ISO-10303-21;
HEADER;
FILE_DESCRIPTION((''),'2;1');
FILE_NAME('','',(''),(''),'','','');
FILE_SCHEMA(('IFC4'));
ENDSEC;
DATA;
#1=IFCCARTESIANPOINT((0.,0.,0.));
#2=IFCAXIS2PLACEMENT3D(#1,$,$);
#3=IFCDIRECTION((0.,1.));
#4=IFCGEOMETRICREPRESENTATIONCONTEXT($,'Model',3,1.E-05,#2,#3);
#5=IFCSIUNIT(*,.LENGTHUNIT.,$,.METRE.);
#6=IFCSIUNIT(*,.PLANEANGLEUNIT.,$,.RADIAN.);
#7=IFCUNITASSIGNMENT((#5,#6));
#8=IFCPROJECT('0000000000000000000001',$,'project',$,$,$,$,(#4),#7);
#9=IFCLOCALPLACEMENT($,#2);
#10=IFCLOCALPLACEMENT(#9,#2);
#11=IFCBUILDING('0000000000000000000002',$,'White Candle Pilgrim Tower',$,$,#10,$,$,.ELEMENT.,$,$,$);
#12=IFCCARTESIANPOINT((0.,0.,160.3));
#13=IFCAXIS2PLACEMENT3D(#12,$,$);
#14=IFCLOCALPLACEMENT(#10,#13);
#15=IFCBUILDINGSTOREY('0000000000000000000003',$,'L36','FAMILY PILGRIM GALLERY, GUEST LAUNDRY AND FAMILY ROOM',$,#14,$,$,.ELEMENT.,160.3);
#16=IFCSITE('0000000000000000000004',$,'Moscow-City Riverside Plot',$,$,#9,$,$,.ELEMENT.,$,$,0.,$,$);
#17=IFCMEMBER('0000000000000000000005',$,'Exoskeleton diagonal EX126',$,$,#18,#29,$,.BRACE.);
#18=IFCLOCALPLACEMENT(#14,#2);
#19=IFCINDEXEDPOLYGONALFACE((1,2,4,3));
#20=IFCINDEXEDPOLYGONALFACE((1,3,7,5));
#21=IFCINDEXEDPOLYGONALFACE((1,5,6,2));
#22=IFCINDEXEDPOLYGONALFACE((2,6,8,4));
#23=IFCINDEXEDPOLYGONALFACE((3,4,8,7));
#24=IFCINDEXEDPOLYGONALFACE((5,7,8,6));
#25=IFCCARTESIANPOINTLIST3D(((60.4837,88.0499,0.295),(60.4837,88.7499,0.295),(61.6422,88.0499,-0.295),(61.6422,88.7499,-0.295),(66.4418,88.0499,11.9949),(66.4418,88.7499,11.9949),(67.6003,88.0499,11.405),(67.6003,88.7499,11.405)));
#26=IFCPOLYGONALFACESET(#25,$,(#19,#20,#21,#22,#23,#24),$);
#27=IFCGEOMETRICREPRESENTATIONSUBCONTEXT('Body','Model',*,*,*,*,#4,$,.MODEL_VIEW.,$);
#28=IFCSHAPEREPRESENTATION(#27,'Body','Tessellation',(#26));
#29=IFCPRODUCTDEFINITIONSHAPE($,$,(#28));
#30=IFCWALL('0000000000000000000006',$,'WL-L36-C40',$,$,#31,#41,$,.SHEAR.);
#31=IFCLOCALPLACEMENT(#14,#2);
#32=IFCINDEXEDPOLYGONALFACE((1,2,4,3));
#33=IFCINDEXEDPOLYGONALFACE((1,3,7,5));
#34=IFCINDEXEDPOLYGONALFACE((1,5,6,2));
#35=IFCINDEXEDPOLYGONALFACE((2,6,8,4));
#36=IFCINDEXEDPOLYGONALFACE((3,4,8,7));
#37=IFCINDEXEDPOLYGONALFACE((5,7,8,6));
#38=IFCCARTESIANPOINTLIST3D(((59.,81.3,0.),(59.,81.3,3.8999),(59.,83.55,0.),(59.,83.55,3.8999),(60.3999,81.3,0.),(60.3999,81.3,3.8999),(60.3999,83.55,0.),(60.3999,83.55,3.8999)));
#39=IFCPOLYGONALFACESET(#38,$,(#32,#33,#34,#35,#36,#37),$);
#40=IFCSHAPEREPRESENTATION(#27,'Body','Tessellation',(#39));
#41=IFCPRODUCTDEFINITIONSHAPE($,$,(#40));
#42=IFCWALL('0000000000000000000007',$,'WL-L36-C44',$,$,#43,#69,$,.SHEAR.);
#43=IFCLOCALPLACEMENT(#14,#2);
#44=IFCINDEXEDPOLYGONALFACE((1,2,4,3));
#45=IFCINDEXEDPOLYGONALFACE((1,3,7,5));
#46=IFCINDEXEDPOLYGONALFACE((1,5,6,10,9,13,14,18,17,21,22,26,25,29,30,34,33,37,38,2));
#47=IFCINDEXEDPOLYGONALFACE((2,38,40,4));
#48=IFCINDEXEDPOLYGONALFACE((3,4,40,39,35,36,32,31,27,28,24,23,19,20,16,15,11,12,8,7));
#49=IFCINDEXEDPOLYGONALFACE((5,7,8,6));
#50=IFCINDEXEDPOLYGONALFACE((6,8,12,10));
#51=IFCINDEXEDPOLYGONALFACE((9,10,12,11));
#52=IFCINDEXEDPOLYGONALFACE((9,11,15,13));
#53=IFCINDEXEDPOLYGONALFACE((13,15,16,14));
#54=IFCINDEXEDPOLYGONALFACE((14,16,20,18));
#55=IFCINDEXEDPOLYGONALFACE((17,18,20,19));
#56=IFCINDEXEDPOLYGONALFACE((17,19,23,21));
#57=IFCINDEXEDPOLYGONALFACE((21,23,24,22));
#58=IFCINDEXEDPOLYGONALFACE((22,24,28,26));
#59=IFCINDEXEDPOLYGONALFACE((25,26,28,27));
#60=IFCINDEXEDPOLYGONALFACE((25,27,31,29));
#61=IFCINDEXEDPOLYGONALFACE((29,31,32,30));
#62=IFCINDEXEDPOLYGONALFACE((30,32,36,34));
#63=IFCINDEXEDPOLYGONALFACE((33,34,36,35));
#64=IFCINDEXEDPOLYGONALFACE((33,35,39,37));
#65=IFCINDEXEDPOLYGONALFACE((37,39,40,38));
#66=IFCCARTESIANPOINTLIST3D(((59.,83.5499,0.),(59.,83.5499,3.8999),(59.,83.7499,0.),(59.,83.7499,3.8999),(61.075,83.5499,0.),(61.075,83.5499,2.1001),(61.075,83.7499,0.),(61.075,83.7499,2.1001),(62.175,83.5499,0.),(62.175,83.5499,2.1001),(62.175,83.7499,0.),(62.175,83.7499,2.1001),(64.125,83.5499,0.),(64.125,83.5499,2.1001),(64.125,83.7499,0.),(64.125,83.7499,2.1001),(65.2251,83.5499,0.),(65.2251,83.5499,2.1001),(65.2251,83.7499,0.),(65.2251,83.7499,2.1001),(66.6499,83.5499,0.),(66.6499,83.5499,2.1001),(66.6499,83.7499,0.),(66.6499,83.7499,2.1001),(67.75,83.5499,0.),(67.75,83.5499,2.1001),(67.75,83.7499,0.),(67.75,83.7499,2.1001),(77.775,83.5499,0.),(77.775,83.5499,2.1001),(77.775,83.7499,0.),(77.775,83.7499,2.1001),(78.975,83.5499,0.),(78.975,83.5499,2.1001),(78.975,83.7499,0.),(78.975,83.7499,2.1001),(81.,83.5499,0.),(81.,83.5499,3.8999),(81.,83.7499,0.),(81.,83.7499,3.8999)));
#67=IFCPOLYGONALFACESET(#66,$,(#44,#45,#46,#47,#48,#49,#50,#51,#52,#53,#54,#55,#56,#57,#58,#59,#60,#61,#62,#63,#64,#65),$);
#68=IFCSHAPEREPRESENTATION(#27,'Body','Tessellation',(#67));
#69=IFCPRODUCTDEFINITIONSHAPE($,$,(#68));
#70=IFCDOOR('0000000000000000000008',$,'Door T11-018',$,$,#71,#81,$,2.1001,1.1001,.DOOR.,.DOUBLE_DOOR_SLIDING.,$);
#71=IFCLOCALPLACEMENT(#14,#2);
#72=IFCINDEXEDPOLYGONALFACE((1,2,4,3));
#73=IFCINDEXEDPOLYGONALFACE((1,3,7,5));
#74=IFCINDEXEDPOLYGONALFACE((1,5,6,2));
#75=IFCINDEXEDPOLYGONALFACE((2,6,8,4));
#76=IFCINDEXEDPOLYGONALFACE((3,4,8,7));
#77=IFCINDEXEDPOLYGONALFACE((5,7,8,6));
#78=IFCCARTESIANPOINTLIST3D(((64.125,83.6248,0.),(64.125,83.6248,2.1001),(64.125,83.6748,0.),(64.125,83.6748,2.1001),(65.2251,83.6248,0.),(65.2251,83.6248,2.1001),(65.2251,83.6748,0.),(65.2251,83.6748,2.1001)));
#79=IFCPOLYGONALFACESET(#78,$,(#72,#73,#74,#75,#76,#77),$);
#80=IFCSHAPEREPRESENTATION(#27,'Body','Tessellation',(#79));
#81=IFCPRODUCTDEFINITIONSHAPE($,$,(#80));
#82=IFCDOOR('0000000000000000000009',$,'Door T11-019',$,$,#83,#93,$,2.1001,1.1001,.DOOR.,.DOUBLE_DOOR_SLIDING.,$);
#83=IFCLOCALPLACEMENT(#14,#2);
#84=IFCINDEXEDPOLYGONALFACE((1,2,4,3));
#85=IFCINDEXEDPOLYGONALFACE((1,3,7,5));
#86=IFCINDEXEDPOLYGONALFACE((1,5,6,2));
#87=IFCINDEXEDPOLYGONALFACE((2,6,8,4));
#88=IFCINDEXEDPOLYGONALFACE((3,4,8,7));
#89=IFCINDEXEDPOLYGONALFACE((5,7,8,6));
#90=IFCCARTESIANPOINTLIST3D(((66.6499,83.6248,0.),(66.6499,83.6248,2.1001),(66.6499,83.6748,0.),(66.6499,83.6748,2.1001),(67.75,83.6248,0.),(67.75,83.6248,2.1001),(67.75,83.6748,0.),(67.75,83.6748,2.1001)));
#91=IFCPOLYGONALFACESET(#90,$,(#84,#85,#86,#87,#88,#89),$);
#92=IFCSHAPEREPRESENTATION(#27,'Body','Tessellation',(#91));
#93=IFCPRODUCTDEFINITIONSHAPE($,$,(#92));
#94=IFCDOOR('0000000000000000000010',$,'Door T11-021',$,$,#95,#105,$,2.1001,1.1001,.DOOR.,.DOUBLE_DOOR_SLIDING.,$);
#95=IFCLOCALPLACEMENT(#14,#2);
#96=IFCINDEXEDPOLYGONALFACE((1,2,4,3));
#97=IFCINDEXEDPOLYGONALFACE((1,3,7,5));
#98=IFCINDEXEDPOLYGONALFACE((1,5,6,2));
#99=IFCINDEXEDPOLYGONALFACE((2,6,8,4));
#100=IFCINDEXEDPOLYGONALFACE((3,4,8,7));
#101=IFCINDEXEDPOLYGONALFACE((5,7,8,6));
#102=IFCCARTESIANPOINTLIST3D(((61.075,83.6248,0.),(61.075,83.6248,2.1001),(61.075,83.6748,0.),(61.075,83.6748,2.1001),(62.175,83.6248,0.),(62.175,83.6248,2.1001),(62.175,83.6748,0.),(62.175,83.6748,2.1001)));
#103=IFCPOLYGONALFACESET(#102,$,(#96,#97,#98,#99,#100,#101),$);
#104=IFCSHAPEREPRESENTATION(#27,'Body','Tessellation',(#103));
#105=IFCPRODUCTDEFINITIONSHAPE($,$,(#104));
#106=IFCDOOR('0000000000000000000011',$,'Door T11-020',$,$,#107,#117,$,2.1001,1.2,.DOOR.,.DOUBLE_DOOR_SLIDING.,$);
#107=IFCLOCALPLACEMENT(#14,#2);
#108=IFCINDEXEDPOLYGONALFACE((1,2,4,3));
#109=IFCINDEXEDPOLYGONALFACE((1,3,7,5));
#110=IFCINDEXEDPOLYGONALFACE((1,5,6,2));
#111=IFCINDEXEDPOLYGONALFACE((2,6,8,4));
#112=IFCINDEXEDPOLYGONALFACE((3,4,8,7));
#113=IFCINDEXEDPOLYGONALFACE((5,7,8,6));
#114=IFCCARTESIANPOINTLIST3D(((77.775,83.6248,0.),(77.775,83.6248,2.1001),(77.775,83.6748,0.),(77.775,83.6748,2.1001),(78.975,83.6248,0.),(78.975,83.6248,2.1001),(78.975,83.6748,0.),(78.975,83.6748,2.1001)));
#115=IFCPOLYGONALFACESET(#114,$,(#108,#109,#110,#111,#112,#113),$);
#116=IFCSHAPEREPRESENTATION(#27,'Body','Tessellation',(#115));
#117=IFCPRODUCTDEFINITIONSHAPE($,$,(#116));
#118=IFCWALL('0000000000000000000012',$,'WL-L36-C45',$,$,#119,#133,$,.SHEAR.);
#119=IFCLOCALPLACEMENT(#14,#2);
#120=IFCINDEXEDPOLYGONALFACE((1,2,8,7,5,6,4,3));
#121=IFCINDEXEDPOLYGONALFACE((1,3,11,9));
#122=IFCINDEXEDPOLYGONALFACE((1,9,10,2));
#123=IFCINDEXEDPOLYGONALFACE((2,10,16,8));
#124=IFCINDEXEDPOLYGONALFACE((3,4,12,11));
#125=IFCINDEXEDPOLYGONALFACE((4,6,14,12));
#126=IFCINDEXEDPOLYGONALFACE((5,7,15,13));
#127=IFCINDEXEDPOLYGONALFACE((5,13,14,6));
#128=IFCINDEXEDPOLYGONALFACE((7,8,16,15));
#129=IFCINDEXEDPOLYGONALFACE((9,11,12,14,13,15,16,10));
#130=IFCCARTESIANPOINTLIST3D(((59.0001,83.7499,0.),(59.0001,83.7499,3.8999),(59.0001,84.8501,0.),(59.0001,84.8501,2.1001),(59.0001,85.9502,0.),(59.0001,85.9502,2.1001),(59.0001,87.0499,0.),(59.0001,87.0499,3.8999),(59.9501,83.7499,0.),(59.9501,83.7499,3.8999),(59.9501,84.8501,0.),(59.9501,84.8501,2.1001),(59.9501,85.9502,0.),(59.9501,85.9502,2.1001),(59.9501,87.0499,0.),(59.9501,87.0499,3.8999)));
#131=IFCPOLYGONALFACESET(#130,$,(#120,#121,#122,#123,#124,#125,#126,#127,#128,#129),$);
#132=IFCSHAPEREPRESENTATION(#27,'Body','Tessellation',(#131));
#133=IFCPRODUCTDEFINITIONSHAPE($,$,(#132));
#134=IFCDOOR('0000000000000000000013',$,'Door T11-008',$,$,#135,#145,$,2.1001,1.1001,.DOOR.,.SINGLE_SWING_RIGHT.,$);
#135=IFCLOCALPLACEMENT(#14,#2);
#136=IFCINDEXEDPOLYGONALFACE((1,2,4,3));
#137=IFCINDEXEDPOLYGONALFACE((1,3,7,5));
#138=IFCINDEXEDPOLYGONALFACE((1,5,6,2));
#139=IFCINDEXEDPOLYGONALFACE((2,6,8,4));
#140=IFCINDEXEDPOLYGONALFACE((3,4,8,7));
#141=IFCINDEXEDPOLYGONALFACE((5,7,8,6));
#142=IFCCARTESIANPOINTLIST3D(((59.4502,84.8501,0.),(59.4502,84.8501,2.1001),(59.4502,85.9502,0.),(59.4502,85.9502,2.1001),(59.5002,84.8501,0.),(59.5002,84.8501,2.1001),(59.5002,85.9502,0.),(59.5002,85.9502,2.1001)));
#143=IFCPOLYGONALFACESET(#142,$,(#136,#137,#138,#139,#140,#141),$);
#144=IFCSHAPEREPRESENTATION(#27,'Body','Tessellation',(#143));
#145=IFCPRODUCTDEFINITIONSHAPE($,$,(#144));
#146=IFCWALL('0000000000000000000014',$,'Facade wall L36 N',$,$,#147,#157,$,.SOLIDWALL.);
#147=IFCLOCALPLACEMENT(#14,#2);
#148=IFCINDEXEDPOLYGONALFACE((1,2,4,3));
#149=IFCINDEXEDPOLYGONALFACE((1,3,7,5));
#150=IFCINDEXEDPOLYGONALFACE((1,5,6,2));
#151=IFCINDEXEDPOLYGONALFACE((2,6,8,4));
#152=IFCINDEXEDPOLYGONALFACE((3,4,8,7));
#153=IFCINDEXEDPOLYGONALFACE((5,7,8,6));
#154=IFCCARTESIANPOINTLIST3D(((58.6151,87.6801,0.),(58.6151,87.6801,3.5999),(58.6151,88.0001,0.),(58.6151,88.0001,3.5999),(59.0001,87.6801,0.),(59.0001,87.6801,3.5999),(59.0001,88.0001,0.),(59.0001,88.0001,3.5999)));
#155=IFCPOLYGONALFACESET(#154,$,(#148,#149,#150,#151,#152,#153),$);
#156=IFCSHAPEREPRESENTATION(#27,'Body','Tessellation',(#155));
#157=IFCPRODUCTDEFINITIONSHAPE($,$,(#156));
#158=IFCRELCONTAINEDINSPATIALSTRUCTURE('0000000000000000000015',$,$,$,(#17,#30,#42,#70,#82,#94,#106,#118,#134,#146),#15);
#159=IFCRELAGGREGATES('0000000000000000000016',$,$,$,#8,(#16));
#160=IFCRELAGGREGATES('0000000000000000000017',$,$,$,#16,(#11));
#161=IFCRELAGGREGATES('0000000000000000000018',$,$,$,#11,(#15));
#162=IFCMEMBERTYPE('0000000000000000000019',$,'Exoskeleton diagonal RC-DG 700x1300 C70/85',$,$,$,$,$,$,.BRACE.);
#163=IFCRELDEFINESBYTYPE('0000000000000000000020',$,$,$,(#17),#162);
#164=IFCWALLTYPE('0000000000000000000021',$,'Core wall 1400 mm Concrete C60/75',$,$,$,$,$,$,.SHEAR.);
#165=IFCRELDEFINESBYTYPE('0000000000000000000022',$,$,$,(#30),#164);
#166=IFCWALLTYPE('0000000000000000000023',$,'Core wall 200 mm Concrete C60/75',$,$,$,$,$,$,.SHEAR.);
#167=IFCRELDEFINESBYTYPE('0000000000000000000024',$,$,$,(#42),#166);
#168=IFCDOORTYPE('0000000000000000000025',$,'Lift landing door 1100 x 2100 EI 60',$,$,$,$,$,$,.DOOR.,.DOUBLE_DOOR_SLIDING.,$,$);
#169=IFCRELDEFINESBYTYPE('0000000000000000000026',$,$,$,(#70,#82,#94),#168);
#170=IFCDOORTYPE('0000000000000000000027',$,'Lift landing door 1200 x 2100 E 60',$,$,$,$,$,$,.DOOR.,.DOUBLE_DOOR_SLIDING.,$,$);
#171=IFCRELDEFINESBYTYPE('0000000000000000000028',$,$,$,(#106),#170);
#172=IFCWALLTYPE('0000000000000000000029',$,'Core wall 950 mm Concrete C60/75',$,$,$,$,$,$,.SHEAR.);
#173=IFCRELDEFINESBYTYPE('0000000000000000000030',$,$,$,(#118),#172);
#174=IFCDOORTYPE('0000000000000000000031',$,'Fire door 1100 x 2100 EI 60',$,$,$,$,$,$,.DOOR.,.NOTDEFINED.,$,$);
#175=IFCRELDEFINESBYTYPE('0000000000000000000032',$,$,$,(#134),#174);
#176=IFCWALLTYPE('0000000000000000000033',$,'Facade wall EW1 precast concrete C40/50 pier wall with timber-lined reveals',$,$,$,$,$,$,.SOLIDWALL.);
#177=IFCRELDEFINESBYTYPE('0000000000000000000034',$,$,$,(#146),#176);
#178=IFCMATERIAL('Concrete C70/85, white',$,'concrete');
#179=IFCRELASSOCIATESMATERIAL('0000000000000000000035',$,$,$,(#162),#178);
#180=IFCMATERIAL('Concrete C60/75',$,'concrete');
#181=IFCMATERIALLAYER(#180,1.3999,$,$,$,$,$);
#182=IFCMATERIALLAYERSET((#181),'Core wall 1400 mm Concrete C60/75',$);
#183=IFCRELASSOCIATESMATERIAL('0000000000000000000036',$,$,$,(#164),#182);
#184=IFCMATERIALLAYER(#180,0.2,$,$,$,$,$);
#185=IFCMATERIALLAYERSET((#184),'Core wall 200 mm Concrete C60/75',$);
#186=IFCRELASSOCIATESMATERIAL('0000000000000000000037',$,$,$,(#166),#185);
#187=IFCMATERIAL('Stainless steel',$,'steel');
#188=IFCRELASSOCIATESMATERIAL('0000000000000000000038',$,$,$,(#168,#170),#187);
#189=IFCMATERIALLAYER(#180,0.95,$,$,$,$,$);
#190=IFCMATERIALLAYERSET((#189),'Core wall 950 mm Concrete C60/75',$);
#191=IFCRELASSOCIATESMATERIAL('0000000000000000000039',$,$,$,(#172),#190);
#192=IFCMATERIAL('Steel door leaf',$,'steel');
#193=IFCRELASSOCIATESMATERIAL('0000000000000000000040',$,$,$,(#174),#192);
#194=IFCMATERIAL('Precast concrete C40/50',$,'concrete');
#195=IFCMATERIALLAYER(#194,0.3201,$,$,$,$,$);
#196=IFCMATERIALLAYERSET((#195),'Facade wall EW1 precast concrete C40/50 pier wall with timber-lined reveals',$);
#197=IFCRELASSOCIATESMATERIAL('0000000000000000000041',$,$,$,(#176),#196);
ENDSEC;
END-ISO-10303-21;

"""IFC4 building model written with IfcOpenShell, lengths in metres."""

from ifc_helpers import new_model, si_unit, direction, frame, frame_2d, origin, origin_2d, place, context, subcontext, project, spatial, rectangle, extrude, material, layer, layer_set, material_profile, profile_set, type_object, element, fill, save


model = new_model("IFC4")

# Units and contexts
model_context = context("Model", 3, precision=1e-05, world=origin(), true_north=direction((0.0, 1.0)))
body_context = subcontext(model_context, "Body", "Model", "MODEL_VIEW")
ifc_project = project(units=[si_unit("LENGTHUNIT", "METRE"), si_unit("PLANEANGLEUNIT", "RADIAN")], contexts=[model_context])

# Site, building, storey
site_placement = place(None, origin())
site = spatial("IfcSite", under=ifc_project, at=site_placement, Name="Moscow-City Riverside Plot", CompositionType="ELEMENT", RefElevation=0.0)
building_placement = place(site_placement, origin())
building = spatial("IfcBuilding", under=site, at=building_placement, Name="White Candle Pilgrim Tower", CompositionType="ELEMENT")
storey_placement = place(building_placement, frame((0.0, 0.0, 160.3)))
storey = spatial("IfcBuildingStorey", under=building, at=storey_placement, Name="L36", Description="FAMILY PILGRIM GALLERY, GUEST LAUNDRY AND FAMILY ROOM", CompositionType="ELEMENT", Elevation=160.3)

# Member
ifc_material_1 = material(Name="Concrete C70/85, white", Category="concrete")
ifc_material_profile = material_profile(ifc_material_1, rectangle(XDim=0.7, YDim=1.3, at=origin_2d()), Name="RC-DG 700x1300")
ifc_profile_set = profile_set([ifc_material_profile], Name="Concrete C70/85, white")
member_type = type_object("IfcMemberType", Name="Exoskeleton diagonal RC-DG 700x1300 C70/85", PredefinedType="BRACE", material=ifc_profile_set)
member_placement = place(storey_placement, frame((61.063, 88.3999, 0.0), z_axis=(0.453784, 0.0, 0.891112), x_axis=(0.0, 1.0, 0.0)))
element("IfcMember", 1, at=member_placement, inside=storey, type_object=member_type, Name="Exoskeleton diagonal EX126", PredefinedType="BRACE", context=body_context, shape_type="SweptSolid", body=[
    extrude(rectangle(XDim=0.7, YDim=1.3, at=origin_2d()), origin(), (0.0, 0.0, 1.0), 13.1296),
])

# Wall
ifc_material_2 = material(Name="Concrete C60/75", Category="concrete")
ifc_layer_1 = layer(ifc_material_2, 1.3999)
ifc_layer_set_1 = layer_set([ifc_layer_1], Name="Core wall 1400 mm Concrete C60/75")
wall_type_1 = type_object("IfcWallType", Name="Core wall 1400 mm Concrete C60/75", PredefinedType="SHEAR", material=ifc_layer_set_1)
wall_1_placement = place(storey_placement, frame((59.7, 81.3, 0.0), z_axis=(0.0, 0.0, 1.0), x_axis=(0.0, 1.0, 0.0)))
element("IfcWall", 2, at=wall_1_placement, inside=storey, type_object=wall_type_1, Name="WL-L36-C40", PredefinedType="SHEAR", context=body_context, shape_type="SweptSolid", body=[
    extrude(rectangle(XDim=2.25, YDim=1.3999, at=frame_2d((1.125, 0.0))), origin(), (0.0, 0.0, 1.0), 3.8999),
])

# Wall, openings, doors
ifc_layer_2 = layer(ifc_material_2, 0.2)
ifc_layer_set_2 = layer_set([ifc_layer_2], Name="Core wall 200 mm Concrete C60/75")
wall_type_2 = type_object("IfcWallType", Name="Core wall 200 mm Concrete C60/75", PredefinedType="SHEAR", material=ifc_layer_set_2)
wall_2_placement = place(storey_placement, frame((59.0, 83.6499, 0.0), z_axis=(0.0, 0.0, 1.0), x_axis=(1.0, 0.0, 0.0)))
wall_2 = element("IfcWall", 3, at=wall_2_placement, inside=storey, type_object=wall_type_2, Name="WL-L36-C44", PredefinedType="SHEAR", context=body_context, shape_type="SweptSolid", body=[
    extrude(rectangle(XDim=22.0, YDim=0.2, at=frame_2d((11.0, 0.0))), origin(), (0.0, 0.0, 1.0), 3.8999),
])
opening_1_placement = place(wall_2_placement, frame((5.125, 0.0, 0.0)))
opening_1 = element("IfcOpeningElement", 4, at=opening_1_placement, cuts=wall_2, PredefinedType="OPENING", context=body_context, shape_type="SweptSolid", body=[
    extrude(rectangle(XDim=1.1001, YDim=2.1001, at=frame_2d((0.55, 1.05))), frame((0.0, 0.1099, 0.0), z_axis=(0.0, -1.0, 0.0), x_axis=(1.0, 0.0, 0.0)), (0.0, 0.0, 1.0), 0.22),
])
opening_2_placement = place(wall_2_placement, frame((7.6499, 0.0, 0.0)))
opening_2 = element("IfcOpeningElement", 5, at=opening_2_placement, cuts=wall_2, PredefinedType="OPENING", context=body_context, shape_type="SweptSolid", body=[
    extrude(rectangle(XDim=1.1001, YDim=2.1001, at=frame_2d((0.55, 1.05))), frame((0.0, 0.1099, 0.0), z_axis=(0.0, -1.0, 0.0), x_axis=(1.0, 0.0, 0.0)), (0.0, 0.0, 1.0), 0.22),
])
opening_3_placement = place(wall_2_placement, frame((18.7749, 0.0, 0.0)))
opening_3 = element("IfcOpeningElement", 6, at=opening_3_placement, cuts=wall_2, PredefinedType="OPENING", context=body_context, shape_type="SweptSolid", body=[
    extrude(rectangle(XDim=1.2, YDim=2.1001, at=frame_2d((0.6001, 1.05))), frame((0.0, 0.1099, 0.0), z_axis=(0.0, -1.0, 0.0), x_axis=(1.0, 0.0, 0.0)), (0.0, 0.0, 1.0), 0.22),
])
opening_4_placement = place(wall_2_placement, frame((2.075, 0.0, 0.0)))
opening_4 = element("IfcOpeningElement", 7, at=opening_4_placement, cuts=wall_2, PredefinedType="OPENING", context=body_context, shape_type="SweptSolid", body=[
    extrude(rectangle(XDim=1.1001, YDim=2.1001, at=frame_2d((0.55, 1.05))), frame((0.0, 0.1099, 0.0), z_axis=(0.0, -1.0, 0.0), x_axis=(1.0, 0.0, 0.0)), (0.0, 0.0, 1.0), 0.22),
])
ifc_material_3 = material(Name="Stainless steel", Category="steel")
door_type_1 = type_object("IfcDoorType", Name="Lift landing door 1100 x 2100 EI 60", OperationType="DOUBLE_DOOR_SLIDING", PredefinedType="DOOR", material=ifc_material_3)
door_1_placement = place(opening_1_placement, origin())
door_1 = element("IfcDoor", 8, at=door_1_placement, inside=storey, type_object=door_type_1, Name="Door T11-018", OperationType="DOUBLE_DOOR_SLIDING", OverallHeight=2.1001, OverallWidth=1.1001, PredefinedType="DOOR", context=body_context, shape_type="SweptSolid", body=[
    extrude(rectangle(XDim=1.1001, YDim=2.1001, at=frame_2d((0.55, 1.05))), frame((0.0, 0.0249, 0.0), z_axis=(0.0, -1.0, 0.0), x_axis=(1.0, 0.0, 0.0)), (0.0, 0.0, 1.0), 0.05),
])
fill(opening_1, door_1)
door_2_placement = place(opening_2_placement, origin())
door_2 = element("IfcDoor", 9, at=door_2_placement, inside=storey, type_object=door_type_1, Name="Door T11-019", OperationType="DOUBLE_DOOR_SLIDING", OverallHeight=2.1001, OverallWidth=1.1001, PredefinedType="DOOR", context=body_context, shape_type="SweptSolid", body=[
    extrude(rectangle(XDim=1.1001, YDim=2.1001, at=frame_2d((0.55, 1.05))), frame((0.0, 0.0249, 0.0), z_axis=(0.0, -1.0, 0.0), x_axis=(1.0, 0.0, 0.0)), (0.0, 0.0, 1.0), 0.05),
])
fill(opening_2, door_2)
door_3_placement = place(opening_4_placement, origin())
door_3 = element("IfcDoor", 10, at=door_3_placement, inside=storey, type_object=door_type_1, Name="Door T11-021", OperationType="DOUBLE_DOOR_SLIDING", OverallHeight=2.1001, OverallWidth=1.1001, PredefinedType="DOOR", context=body_context, shape_type="SweptSolid", body=[
    extrude(rectangle(XDim=1.1001, YDim=2.1001, at=frame_2d((0.55, 1.05))), frame((0.0, 0.0249, 0.0), z_axis=(0.0, -1.0, 0.0), x_axis=(1.0, 0.0, 0.0)), (0.0, 0.0, 1.0), 0.05),
])
fill(opening_4, door_3)
door_type_2 = type_object("IfcDoorType", Name="Lift landing door 1200 x 2100 E 60", OperationType="DOUBLE_DOOR_SLIDING", PredefinedType="DOOR", material=ifc_material_3)
door_4_placement = place(opening_3_placement, origin())
door_4 = element("IfcDoor", 11, at=door_4_placement, inside=storey, type_object=door_type_2, Name="Door T11-020", OperationType="DOUBLE_DOOR_SLIDING", OverallHeight=2.1001, OverallWidth=1.2, PredefinedType="DOOR", context=body_context, shape_type="SweptSolid", body=[
    extrude(rectangle(XDim=1.2, YDim=2.1001, at=frame_2d((0.6001, 1.05))), frame((0.0, 0.0249, 0.0), z_axis=(0.0, -1.0, 0.0), x_axis=(1.0, 0.0, 0.0)), (0.0, 0.0, 1.0), 0.05),
])
fill(opening_3, door_4)

# Wall, opening, door
ifc_layer_3 = layer(ifc_material_2, 0.95)
ifc_layer_set_3 = layer_set([ifc_layer_3], Name="Core wall 950 mm Concrete C60/75")
wall_type_3 = type_object("IfcWallType", Name="Core wall 950 mm Concrete C60/75", PredefinedType="SHEAR", material=ifc_layer_set_3)
wall_3_placement = place(storey_placement, frame((59.4751, 83.75, 0.0), z_axis=(0.0, 0.0, 1.0), x_axis=(0.0, 1.0, 0.0)))
wall_3 = element("IfcWall", 12, at=wall_3_placement, inside=storey, type_object=wall_type_3, Name="WL-L36-C45", PredefinedType="SHEAR", context=body_context, shape_type="SweptSolid", body=[
    extrude(rectangle(XDim=3.3, YDim=0.95, at=frame_2d((1.6499, 0.0))), origin(), (0.0, 0.0, 1.0), 3.8999),
])
opening_5_placement = place(wall_3_placement, frame((1.1001, 0.0, 0.0)))
opening_5 = element("IfcOpeningElement", 13, at=opening_5_placement, cuts=wall_3, PredefinedType="OPENING", context=body_context, shape_type="SweptSolid", body=[
    extrude(rectangle(XDim=1.1001, YDim=2.1001, at=frame_2d((0.55, 1.05))), frame((0.0, 0.4849, 0.0), z_axis=(0.0, -1.0, 0.0), x_axis=(1.0, 0.0, 0.0)), (0.0, 0.0, 1.0), 0.97),
])
ifc_material_4 = material(Name="Steel door leaf", Category="steel")
door_type_3 = type_object("IfcDoorType", Name="Fire door 1100 x 2100 EI 60", OperationType="NOTDEFINED", PredefinedType="DOOR", material=ifc_material_4)
door_5_placement = place(opening_5_placement, origin())
door_5 = element("IfcDoor", 14, at=door_5_placement, inside=storey, type_object=door_type_3, Name="Door T11-008", OperationType="SINGLE_SWING_RIGHT", OverallHeight=2.1001, OverallWidth=1.1001, PredefinedType="DOOR", context=body_context, shape_type="SweptSolid", body=[
    extrude(rectangle(XDim=1.1001, YDim=2.1001, at=frame_2d((0.55, 1.05))), frame((0.0, 0.0249, 0.0), z_axis=(0.0, -1.0, 0.0), x_axis=(1.0, 0.0, 0.0)), (0.0, 0.0, 1.0), 0.05),
])
fill(opening_5, door_5)

# Wall
ifc_material_5 = material(Name="Precast concrete C40/50", Category="concrete")
ifc_layer_4 = layer(ifc_material_5, 0.3201)
ifc_layer_set_4 = layer_set([ifc_layer_4], Name="Facade wall EW1 precast concrete C40/50 pier wall with timber-lined reveals")
wall_type_4 = type_object("IfcWallType", Name="Facade wall EW1 precast concrete C40/50 pier wall with timber-lined reveals", PredefinedType="SOLIDWALL", material=ifc_layer_set_4)
wall_4_placement = place(storey_placement, frame((59.0, 87.8401, 0.0), z_axis=(0.0, 0.0, 1.0), x_axis=(-1.0, 0.0, 0.0)))
element("IfcWall", 15, at=wall_4_placement, inside=storey, type_object=wall_type_4, Name="Facade wall L36 N", PredefinedType="SOLIDWALL", context=body_context, shape_type="SweptSolid", body=[
    extrude(rectangle(XDim=0.385, YDim=0.3201, at=frame_2d((0.1924, 0.0))), origin(), (0.0, 0.0, 1.0), 3.5999),
])

save(model, "model.ifc")
